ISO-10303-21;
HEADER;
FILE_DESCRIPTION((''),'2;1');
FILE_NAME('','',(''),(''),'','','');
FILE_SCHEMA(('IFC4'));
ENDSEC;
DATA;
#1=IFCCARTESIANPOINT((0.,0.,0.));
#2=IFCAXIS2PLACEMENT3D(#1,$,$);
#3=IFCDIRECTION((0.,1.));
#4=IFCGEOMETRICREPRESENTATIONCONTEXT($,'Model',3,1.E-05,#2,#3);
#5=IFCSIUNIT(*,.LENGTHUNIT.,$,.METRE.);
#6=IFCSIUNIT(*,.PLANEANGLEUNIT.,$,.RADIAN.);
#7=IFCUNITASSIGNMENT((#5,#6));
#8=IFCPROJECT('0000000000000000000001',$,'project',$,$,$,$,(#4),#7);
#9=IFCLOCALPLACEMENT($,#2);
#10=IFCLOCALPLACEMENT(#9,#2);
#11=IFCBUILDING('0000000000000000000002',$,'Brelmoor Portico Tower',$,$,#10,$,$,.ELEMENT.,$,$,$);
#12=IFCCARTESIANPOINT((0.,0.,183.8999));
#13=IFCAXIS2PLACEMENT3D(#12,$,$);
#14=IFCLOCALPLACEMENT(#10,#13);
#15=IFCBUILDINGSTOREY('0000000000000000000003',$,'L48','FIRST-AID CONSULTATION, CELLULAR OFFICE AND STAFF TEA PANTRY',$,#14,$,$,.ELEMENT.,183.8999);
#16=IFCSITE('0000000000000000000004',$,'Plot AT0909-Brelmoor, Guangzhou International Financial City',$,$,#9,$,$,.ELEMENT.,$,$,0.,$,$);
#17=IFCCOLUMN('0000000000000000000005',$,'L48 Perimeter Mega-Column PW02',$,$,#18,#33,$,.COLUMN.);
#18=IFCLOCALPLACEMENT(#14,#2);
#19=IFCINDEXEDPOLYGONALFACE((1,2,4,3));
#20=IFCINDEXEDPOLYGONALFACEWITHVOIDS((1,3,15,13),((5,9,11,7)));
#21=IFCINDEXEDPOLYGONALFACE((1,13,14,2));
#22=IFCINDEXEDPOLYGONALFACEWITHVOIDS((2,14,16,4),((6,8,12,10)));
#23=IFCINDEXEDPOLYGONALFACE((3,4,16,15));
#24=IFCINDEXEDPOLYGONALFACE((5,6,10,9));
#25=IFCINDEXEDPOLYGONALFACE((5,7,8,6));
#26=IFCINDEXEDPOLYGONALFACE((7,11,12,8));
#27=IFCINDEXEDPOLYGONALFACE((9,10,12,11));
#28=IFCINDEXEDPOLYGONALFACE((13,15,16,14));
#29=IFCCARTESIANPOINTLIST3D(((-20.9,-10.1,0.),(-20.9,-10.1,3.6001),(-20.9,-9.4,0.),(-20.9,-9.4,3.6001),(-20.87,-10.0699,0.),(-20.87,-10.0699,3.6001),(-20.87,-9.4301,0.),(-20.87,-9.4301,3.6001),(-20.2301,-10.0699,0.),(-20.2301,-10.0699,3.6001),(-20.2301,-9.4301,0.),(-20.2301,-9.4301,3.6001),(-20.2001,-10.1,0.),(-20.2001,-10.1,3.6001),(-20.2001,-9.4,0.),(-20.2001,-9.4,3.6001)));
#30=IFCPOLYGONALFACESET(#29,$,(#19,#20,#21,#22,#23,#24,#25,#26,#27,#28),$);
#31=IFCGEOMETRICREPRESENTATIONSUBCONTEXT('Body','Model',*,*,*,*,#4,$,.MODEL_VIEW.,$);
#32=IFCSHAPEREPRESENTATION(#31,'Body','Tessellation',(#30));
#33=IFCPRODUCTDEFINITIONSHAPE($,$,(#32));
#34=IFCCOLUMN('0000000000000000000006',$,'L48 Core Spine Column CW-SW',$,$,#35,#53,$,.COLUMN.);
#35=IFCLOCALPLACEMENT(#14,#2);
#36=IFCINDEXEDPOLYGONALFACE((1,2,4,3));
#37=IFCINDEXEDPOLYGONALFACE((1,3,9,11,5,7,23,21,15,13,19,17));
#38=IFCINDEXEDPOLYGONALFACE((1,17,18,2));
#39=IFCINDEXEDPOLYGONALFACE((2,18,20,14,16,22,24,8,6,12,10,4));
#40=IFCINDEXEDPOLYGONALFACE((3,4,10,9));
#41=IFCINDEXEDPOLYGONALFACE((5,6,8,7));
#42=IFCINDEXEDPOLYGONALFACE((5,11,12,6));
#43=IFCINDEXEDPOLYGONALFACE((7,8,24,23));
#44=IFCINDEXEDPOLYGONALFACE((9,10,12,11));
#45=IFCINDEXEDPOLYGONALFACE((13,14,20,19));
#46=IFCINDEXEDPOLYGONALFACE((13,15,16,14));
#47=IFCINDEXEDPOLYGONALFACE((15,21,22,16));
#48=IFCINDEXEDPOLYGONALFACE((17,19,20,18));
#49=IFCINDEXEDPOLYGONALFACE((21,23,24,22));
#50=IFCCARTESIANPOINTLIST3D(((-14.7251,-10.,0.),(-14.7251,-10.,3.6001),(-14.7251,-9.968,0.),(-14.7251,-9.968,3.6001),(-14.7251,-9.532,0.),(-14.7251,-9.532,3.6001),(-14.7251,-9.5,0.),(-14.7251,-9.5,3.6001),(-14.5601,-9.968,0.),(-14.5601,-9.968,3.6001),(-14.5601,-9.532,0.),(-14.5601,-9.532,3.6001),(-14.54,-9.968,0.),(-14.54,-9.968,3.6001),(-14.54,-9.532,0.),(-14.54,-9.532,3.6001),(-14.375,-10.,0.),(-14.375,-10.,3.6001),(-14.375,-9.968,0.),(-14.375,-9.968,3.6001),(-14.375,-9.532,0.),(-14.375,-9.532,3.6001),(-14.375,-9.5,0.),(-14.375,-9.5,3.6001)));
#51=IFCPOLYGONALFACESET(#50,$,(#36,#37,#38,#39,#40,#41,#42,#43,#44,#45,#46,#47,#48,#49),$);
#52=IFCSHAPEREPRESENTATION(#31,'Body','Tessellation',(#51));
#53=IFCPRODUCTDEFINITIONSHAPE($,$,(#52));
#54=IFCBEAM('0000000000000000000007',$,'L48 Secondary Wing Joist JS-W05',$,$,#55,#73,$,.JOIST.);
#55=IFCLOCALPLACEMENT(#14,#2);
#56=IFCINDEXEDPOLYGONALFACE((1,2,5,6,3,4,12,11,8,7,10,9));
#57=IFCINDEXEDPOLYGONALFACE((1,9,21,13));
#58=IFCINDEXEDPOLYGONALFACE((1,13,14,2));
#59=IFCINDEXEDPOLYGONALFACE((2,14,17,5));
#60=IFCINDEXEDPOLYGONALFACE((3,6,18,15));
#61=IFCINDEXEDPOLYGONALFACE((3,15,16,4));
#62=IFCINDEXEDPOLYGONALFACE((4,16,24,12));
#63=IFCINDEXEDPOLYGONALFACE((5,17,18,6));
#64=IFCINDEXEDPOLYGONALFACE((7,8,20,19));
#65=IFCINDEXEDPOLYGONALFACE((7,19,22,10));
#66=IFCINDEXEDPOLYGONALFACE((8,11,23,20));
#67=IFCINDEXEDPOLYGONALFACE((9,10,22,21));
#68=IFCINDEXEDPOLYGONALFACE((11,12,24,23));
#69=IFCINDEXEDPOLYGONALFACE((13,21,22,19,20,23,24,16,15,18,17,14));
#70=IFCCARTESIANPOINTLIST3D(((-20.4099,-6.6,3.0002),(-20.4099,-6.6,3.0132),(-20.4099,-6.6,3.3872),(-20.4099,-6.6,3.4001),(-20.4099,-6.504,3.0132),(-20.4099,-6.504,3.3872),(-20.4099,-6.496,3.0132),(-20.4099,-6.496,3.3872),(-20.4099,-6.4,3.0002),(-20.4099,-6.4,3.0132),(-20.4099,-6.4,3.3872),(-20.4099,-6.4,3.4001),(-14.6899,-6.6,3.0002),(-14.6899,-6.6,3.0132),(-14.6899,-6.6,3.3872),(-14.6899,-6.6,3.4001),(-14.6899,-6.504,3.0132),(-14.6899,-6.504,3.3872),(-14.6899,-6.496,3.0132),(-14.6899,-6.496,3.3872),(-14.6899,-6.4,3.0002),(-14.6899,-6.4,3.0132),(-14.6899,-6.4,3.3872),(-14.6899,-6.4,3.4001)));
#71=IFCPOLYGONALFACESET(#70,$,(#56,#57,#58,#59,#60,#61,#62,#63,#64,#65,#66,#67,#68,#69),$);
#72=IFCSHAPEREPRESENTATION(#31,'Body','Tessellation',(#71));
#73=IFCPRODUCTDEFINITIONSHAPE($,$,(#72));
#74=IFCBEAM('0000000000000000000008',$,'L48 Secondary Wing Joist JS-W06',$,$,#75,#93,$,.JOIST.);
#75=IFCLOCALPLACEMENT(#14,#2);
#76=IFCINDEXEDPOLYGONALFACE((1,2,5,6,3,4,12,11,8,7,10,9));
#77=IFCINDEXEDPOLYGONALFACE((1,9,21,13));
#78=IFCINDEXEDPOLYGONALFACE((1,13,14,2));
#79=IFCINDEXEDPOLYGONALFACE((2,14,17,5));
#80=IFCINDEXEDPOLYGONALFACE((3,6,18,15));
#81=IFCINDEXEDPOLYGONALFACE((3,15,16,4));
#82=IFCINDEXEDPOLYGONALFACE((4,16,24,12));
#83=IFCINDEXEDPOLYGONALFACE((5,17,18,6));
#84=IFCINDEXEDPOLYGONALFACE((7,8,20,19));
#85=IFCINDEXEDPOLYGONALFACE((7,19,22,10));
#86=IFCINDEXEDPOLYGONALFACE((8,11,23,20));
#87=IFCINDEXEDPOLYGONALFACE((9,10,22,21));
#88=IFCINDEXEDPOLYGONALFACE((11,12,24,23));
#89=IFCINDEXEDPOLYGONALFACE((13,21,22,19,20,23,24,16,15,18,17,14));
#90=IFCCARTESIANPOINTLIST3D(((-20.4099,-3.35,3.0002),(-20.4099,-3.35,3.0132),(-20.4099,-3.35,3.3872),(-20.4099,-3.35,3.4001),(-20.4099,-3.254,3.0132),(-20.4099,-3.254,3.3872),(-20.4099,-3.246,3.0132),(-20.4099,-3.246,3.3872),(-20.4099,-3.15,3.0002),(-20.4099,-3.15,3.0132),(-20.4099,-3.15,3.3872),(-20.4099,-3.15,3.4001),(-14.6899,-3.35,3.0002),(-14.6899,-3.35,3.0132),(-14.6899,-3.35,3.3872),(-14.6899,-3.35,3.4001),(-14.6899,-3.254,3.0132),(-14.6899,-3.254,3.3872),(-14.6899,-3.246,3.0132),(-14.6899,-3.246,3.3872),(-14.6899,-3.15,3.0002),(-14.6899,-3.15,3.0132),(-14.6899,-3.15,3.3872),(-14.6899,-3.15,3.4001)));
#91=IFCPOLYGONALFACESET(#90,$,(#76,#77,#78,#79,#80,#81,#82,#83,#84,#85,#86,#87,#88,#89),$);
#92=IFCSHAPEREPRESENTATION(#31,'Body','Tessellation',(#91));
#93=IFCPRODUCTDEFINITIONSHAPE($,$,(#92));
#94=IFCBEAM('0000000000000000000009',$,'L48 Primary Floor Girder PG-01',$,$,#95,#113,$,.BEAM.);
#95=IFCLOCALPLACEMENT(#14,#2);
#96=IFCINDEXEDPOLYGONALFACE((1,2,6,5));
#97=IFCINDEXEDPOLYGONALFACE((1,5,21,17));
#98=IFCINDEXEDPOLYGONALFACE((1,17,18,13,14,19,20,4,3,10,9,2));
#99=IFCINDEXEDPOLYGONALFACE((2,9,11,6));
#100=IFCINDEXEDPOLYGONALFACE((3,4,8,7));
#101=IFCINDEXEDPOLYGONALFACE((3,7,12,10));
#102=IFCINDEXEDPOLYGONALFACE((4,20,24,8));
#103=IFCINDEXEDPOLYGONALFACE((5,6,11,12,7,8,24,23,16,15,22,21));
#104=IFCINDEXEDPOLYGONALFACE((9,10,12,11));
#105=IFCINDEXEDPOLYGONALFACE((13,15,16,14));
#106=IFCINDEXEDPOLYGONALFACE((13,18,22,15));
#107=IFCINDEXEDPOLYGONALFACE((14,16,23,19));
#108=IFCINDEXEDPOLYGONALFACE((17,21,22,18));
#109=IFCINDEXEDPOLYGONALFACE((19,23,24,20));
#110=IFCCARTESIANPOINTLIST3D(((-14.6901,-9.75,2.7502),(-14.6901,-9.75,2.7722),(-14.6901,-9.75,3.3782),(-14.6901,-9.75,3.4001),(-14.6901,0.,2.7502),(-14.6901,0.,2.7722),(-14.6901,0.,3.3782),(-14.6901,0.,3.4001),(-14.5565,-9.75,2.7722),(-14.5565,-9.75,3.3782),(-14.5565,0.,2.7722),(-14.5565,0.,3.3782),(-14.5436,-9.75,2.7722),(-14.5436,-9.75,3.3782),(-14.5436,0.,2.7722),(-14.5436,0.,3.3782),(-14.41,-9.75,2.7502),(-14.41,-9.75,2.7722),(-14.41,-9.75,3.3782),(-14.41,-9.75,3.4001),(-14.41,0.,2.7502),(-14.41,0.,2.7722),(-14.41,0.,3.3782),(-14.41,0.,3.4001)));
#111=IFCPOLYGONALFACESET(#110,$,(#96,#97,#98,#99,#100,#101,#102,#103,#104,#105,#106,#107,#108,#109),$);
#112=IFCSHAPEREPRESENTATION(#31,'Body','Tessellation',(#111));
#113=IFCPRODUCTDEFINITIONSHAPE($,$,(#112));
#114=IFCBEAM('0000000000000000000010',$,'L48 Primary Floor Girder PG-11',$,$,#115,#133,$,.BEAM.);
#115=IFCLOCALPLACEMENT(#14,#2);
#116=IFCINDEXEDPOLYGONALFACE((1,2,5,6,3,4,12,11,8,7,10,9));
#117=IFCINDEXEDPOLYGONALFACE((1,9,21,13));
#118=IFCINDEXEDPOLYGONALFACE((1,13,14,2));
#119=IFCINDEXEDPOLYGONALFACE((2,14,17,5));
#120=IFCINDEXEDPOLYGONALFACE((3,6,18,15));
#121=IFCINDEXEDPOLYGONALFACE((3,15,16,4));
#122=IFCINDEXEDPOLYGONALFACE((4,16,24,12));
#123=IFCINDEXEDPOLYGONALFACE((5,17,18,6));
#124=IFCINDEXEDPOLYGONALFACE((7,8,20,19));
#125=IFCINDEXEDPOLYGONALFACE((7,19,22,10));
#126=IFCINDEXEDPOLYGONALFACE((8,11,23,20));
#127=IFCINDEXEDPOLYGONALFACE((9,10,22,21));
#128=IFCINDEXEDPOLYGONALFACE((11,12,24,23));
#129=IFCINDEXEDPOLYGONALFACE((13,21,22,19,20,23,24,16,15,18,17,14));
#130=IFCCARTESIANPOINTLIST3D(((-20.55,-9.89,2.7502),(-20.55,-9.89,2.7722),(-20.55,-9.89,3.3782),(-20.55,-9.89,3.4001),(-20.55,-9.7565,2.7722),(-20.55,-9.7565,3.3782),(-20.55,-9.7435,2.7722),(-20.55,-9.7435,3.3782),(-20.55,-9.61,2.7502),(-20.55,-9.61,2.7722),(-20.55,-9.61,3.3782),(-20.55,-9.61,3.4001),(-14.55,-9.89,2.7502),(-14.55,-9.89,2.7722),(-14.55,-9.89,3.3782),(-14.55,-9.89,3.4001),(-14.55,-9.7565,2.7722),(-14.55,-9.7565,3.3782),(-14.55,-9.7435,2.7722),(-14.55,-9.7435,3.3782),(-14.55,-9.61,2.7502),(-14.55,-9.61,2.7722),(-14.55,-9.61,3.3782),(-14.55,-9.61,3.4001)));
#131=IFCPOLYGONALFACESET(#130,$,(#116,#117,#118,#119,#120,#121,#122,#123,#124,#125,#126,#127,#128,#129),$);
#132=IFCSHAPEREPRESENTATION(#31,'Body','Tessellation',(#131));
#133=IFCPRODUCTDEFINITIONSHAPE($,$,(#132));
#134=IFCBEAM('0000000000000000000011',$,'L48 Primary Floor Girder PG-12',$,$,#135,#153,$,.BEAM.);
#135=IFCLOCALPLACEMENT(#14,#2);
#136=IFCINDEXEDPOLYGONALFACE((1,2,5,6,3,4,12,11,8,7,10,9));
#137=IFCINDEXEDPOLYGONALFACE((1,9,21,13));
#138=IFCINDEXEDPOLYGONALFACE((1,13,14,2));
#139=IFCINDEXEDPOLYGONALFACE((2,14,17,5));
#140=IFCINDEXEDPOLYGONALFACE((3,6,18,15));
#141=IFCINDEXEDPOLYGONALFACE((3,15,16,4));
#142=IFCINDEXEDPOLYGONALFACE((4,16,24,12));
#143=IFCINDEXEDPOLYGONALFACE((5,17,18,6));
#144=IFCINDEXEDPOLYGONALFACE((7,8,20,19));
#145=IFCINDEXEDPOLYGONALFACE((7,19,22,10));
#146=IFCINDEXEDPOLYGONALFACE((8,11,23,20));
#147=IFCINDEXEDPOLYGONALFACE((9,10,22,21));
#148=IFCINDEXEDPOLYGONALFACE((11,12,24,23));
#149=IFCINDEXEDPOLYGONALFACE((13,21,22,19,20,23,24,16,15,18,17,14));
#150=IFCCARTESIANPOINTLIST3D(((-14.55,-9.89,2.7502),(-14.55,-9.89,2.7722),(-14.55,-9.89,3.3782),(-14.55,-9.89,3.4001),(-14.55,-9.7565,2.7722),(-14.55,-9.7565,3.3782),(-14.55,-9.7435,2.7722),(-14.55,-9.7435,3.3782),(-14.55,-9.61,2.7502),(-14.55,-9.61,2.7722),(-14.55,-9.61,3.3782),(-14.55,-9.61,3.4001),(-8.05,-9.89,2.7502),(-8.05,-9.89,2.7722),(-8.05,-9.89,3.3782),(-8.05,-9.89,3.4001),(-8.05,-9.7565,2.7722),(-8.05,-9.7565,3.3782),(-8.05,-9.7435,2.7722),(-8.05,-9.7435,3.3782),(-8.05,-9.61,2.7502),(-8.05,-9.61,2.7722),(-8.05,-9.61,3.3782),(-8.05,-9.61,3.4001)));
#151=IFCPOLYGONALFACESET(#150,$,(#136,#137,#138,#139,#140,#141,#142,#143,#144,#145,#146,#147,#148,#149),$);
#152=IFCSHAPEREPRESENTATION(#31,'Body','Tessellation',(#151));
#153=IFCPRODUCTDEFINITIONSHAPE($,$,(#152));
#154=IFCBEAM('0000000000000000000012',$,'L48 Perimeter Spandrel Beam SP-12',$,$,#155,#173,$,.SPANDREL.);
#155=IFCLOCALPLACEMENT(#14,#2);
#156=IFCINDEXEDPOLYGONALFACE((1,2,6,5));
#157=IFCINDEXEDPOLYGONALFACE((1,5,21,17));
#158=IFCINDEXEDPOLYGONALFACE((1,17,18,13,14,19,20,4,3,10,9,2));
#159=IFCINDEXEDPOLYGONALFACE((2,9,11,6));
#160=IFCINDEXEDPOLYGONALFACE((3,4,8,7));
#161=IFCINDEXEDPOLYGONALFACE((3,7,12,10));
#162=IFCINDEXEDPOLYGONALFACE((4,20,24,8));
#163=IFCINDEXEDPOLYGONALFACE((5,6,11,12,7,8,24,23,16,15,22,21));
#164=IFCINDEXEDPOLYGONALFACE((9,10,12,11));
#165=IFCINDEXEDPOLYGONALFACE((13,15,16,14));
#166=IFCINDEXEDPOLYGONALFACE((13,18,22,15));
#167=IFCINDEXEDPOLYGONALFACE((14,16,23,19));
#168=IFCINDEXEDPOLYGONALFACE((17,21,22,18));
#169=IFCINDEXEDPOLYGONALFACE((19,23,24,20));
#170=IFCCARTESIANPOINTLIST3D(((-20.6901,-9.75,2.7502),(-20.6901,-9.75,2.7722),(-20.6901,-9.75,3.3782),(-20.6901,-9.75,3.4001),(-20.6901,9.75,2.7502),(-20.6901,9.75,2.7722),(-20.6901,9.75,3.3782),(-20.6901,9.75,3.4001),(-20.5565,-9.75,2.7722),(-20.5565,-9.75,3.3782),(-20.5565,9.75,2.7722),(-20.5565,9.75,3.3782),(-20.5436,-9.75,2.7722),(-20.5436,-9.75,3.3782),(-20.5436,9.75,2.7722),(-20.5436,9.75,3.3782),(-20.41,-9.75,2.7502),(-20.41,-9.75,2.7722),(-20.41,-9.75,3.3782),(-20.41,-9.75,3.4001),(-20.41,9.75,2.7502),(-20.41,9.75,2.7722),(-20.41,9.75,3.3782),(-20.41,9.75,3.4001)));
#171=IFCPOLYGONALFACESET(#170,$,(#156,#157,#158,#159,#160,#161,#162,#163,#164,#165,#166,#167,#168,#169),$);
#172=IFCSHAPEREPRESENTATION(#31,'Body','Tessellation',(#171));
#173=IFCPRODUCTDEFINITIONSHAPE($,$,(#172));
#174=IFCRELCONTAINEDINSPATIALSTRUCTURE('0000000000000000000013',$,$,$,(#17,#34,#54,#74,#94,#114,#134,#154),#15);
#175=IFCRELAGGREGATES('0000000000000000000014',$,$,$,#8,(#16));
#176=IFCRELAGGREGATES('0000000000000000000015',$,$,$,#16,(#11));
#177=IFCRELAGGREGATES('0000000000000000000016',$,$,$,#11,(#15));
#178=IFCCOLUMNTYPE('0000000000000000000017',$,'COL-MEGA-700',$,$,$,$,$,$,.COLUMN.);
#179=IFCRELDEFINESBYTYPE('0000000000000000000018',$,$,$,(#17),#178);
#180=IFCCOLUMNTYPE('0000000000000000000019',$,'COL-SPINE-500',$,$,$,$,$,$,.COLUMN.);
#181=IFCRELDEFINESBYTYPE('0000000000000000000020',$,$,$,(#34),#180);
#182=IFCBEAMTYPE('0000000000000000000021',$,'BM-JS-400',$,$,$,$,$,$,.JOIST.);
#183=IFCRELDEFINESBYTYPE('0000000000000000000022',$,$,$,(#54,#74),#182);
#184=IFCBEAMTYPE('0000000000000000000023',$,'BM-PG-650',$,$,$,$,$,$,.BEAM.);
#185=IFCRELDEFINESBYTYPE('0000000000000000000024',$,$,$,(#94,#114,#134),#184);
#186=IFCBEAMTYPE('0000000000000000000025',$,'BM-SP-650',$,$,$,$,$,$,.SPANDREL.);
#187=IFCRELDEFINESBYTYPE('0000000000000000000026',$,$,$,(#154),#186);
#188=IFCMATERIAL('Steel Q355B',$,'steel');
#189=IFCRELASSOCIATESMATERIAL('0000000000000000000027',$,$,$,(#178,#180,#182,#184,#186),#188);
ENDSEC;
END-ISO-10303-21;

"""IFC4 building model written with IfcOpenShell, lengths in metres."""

from ifc_helpers import new_model, si_unit, direction, frame, origin, origin_2d, place, context, subcontext, project, spatial, hollow_rectangle, i_section, extrude, material, material_profile, profile_set, type_object, element, save


model = new_model("IFC4")

# Units and contexts
model_context = context("Model", 3, precision=1e-05, world=origin(), true_north=direction((0.0, 1.0)))
body_context = subcontext(model_context, "Body", "Model", "MODEL_VIEW")
ifc_project = project(units=[si_unit("LENGTHUNIT", "METRE"), si_unit("PLANEANGLEUNIT", "RADIAN")], contexts=[model_context])

# Site, building, storey
site_placement = place(None, origin())
site = spatial("IfcSite", under=ifc_project, at=site_placement, Name="Plot AT0909-Brelmoor, Guangzhou International Financial City", CompositionType="ELEMENT", RefElevation=0.0)
building_placement = place(site_placement, origin())
building = spatial("IfcBuilding", under=site, at=building_placement, Name="Brelmoor Portico Tower", CompositionType="ELEMENT")
storey_placement = place(building_placement, frame((0.0, 0.0, 183.8999)))
storey = spatial("IfcBuildingStorey", under=building, at=storey_placement, Name="L48", Description="FIRST-AID CONSULTATION, CELLULAR OFFICE AND STAFF TEA PANTRY", CompositionType="ELEMENT", Elevation=183.8999)

# Columns
ifc_material_1 = material(Name="Steel Q355B", Category="steel")
ifc_material_profile_1 = material_profile(ifc_material_1, hollow_rectangle(XDim=0.7, YDim=0.7, WallThickness=0.03, at=origin_2d()), Name="BOX 700x700x30")
ifc_profile_set_1 = profile_set([ifc_material_profile_1], Name="Steel Q355B")
column_type_1 = type_object("IfcColumnType", Name="COL-MEGA-700", PredefinedType="COLUMN", material=ifc_profile_set_1)
column_1_placement = place(storey_placement, frame((-20.55, -9.75, 0.0), z_axis=(0.0, 0.0, 1.0), x_axis=(0.0, 1.0, 0.0)))
element("IfcColumn", 1, at=column_1_placement, inside=storey, type_object=column_type_1, Name="L48 Perimeter Mega-Column PW02", PredefinedType="COLUMN", context=body_context, shape_type="SweptSolid", body=[
    extrude(hollow_rectangle(XDim=0.7, YDim=0.7, WallThickness=0.03, at=origin_2d()), origin(), (0.0, 0.0, 1.0), 3.6001),
])
ifc_material_profile_2 = material_profile(ifc_material_1, i_section(OverallWidth=0.3501, OverallDepth=0.5, WebThickness=0.02, FlangeThickness=0.032, at=origin_2d()), Name="HW 500x350x20x32")
ifc_profile_set_2 = profile_set([ifc_material_profile_2], Name="Steel Q355B")
column_type_2 = type_object("IfcColumnType", Name="COL-SPINE-500", PredefinedType="COLUMN", material=ifc_profile_set_2)
column_2_placement = place(storey_placement, frame((-14.55, -9.75, 0.0), z_axis=(0.0, 0.0, 1.0), x_axis=(1.0, 0.0, 0.0)))
element("IfcColumn", 2, at=column_2_placement, inside=storey, type_object=column_type_2, Name="L48 Core Spine Column CW-SW", PredefinedType="COLUMN", context=body_context, shape_type="SweptSolid", body=[
    extrude(i_section(OverallWidth=0.3501, OverallDepth=0.5, WebThickness=0.02, FlangeThickness=0.032, at=origin_2d()), origin(), (0.0, 0.0, 1.0), 3.6001),
])

# Beams
ifc_material_profile_3 = material_profile(ifc_material_1, i_section(OverallWidth=0.2, OverallDepth=0.3999, WebThickness=0.0081, FlangeThickness=0.0129, at=origin_2d()), Name="HN 400x200x8x13")
ifc_profile_set_3 = profile_set([ifc_material_profile_3], Name="Steel Q355B")
beam_type_1 = type_object("IfcBeamType", Name="BM-JS-400", PredefinedType="JOIST", material=ifc_profile_set_3)
for number, where, z_axis, x_axis, name in (
    (3, (-20.4099, -6.5, 3.2002), (1.0, 0.0, 0.0), (0.0, 1.0, 0.0), "L48 Secondary Wing Joist JS-W05"),
    (4, (-20.4099, -3.25, 3.2002), (1.0, 0.0, 0.0), (0.0, 1.0, 0.0), "L48 Secondary Wing Joist JS-W06"),
):
    element("IfcBeam", number, at=place(storey_placement, frame(where, z_axis=z_axis, x_axis=x_axis)), inside=storey, type_object=beam_type_1, Name=name, PredefinedType="JOIST", context=body_context, shape_type="SweptSolid", body=[
        extrude(i_section(OverallWidth=0.2, OverallDepth=0.3999, WebThickness=0.0081, FlangeThickness=0.0129, at=origin_2d()), origin(), (0.0, 0.0, 1.0), 5.72),
    ])
ifc_material_profile_4 = material_profile(ifc_material_1, i_section(OverallWidth=0.28, OverallDepth=0.6499, WebThickness=0.0129, FlangeThickness=0.022, at=origin_2d()), Name="HN 650x280x13x22")
ifc_profile_set_4 = profile_set([ifc_material_profile_4], Name="Steel Q355B")
beam_type_2 = type_object("IfcBeamType", Name="BM-PG-650", PredefinedType="BEAM", material=ifc_profile_set_4)
beam_1_placement = place(storey_placement, frame((-14.55, -9.75, 3.0752), z_axis=(0.0, 1.0, 0.0), x_axis=(-1.0, 0.0, 0.0)))
element("IfcBeam", 5, at=beam_1_placement, inside=storey, type_object=beam_type_2, Name="L48 Primary Floor Girder PG-01", PredefinedType="BEAM", context=body_context, shape_type="SweptSolid", body=[
    extrude(i_section(OverallWidth=0.28, OverallDepth=0.6499, WebThickness=0.0129, FlangeThickness=0.022, at=origin_2d()), origin(), (0.0, 0.0, 1.0), 9.75),
])
beam_2_placement = place(storey_placement, frame((-20.55, -9.75, 3.0752), z_axis=(1.0, 0.0, 0.0), x_axis=(0.0, 1.0, 0.0)))
element("IfcBeam", 6, at=beam_2_placement, inside=storey, type_object=beam_type_2, Name="L48 Primary Floor Girder PG-11", PredefinedType="BEAM", context=body_context, shape_type="SweptSolid", body=[
    extrude(i_section(OverallWidth=0.28, OverallDepth=0.6499, WebThickness=0.0129, FlangeThickness=0.022, at=origin_2d()), origin(), (0.0, 0.0, 1.0), 6.0),
])
beam_3_placement = place(storey_placement, frame((-14.55, -9.75, 3.0752), z_axis=(1.0, 0.0, 0.0), x_axis=(0.0, 1.0, 0.0)))
element("IfcBeam", 7, at=beam_3_placement, inside=storey, type_object=beam_type_2, Name="L48 Primary Floor Girder PG-12", PredefinedType="BEAM", context=body_context, shape_type="SweptSolid", body=[
    extrude(i_section(OverallWidth=0.28, OverallDepth=0.6499, WebThickness=0.0129, FlangeThickness=0.022, at=origin_2d()), origin(), (0.0, 0.0, 1.0), 6.5),
])
ifc_material_profile_5 = material_profile(ifc_material_1, i_section(OverallWidth=0.28, OverallDepth=0.6499, WebThickness=0.0129, FlangeThickness=0.022, at=origin_2d()), Name="HN 650x280x13x22")
ifc_profile_set_5 = profile_set([ifc_material_profile_5], Name="Steel Q355B")
beam_type_3 = type_object("IfcBeamType", Name="BM-SP-650", PredefinedType="SPANDREL", material=ifc_profile_set_5)
beam_4_placement = place(storey_placement, frame((-20.55, -9.75, 3.0752), z_axis=(0.0, 1.0, 0.0), x_axis=(-1.0, 0.0, 0.0)))
element("IfcBeam", 8, at=beam_4_placement, inside=storey, type_object=beam_type_3, Name="L48 Perimeter Spandrel Beam SP-12", PredefinedType="SPANDREL", context=body_context, shape_type="SweptSolid", body=[
    extrude(i_section(OverallWidth=0.28, OverallDepth=0.6499, WebThickness=0.0129, FlangeThickness=0.022, at=origin_2d()), origin(), (0.0, 0.0, 1.0), 19.5),
])

save(model, "model.ifc")
